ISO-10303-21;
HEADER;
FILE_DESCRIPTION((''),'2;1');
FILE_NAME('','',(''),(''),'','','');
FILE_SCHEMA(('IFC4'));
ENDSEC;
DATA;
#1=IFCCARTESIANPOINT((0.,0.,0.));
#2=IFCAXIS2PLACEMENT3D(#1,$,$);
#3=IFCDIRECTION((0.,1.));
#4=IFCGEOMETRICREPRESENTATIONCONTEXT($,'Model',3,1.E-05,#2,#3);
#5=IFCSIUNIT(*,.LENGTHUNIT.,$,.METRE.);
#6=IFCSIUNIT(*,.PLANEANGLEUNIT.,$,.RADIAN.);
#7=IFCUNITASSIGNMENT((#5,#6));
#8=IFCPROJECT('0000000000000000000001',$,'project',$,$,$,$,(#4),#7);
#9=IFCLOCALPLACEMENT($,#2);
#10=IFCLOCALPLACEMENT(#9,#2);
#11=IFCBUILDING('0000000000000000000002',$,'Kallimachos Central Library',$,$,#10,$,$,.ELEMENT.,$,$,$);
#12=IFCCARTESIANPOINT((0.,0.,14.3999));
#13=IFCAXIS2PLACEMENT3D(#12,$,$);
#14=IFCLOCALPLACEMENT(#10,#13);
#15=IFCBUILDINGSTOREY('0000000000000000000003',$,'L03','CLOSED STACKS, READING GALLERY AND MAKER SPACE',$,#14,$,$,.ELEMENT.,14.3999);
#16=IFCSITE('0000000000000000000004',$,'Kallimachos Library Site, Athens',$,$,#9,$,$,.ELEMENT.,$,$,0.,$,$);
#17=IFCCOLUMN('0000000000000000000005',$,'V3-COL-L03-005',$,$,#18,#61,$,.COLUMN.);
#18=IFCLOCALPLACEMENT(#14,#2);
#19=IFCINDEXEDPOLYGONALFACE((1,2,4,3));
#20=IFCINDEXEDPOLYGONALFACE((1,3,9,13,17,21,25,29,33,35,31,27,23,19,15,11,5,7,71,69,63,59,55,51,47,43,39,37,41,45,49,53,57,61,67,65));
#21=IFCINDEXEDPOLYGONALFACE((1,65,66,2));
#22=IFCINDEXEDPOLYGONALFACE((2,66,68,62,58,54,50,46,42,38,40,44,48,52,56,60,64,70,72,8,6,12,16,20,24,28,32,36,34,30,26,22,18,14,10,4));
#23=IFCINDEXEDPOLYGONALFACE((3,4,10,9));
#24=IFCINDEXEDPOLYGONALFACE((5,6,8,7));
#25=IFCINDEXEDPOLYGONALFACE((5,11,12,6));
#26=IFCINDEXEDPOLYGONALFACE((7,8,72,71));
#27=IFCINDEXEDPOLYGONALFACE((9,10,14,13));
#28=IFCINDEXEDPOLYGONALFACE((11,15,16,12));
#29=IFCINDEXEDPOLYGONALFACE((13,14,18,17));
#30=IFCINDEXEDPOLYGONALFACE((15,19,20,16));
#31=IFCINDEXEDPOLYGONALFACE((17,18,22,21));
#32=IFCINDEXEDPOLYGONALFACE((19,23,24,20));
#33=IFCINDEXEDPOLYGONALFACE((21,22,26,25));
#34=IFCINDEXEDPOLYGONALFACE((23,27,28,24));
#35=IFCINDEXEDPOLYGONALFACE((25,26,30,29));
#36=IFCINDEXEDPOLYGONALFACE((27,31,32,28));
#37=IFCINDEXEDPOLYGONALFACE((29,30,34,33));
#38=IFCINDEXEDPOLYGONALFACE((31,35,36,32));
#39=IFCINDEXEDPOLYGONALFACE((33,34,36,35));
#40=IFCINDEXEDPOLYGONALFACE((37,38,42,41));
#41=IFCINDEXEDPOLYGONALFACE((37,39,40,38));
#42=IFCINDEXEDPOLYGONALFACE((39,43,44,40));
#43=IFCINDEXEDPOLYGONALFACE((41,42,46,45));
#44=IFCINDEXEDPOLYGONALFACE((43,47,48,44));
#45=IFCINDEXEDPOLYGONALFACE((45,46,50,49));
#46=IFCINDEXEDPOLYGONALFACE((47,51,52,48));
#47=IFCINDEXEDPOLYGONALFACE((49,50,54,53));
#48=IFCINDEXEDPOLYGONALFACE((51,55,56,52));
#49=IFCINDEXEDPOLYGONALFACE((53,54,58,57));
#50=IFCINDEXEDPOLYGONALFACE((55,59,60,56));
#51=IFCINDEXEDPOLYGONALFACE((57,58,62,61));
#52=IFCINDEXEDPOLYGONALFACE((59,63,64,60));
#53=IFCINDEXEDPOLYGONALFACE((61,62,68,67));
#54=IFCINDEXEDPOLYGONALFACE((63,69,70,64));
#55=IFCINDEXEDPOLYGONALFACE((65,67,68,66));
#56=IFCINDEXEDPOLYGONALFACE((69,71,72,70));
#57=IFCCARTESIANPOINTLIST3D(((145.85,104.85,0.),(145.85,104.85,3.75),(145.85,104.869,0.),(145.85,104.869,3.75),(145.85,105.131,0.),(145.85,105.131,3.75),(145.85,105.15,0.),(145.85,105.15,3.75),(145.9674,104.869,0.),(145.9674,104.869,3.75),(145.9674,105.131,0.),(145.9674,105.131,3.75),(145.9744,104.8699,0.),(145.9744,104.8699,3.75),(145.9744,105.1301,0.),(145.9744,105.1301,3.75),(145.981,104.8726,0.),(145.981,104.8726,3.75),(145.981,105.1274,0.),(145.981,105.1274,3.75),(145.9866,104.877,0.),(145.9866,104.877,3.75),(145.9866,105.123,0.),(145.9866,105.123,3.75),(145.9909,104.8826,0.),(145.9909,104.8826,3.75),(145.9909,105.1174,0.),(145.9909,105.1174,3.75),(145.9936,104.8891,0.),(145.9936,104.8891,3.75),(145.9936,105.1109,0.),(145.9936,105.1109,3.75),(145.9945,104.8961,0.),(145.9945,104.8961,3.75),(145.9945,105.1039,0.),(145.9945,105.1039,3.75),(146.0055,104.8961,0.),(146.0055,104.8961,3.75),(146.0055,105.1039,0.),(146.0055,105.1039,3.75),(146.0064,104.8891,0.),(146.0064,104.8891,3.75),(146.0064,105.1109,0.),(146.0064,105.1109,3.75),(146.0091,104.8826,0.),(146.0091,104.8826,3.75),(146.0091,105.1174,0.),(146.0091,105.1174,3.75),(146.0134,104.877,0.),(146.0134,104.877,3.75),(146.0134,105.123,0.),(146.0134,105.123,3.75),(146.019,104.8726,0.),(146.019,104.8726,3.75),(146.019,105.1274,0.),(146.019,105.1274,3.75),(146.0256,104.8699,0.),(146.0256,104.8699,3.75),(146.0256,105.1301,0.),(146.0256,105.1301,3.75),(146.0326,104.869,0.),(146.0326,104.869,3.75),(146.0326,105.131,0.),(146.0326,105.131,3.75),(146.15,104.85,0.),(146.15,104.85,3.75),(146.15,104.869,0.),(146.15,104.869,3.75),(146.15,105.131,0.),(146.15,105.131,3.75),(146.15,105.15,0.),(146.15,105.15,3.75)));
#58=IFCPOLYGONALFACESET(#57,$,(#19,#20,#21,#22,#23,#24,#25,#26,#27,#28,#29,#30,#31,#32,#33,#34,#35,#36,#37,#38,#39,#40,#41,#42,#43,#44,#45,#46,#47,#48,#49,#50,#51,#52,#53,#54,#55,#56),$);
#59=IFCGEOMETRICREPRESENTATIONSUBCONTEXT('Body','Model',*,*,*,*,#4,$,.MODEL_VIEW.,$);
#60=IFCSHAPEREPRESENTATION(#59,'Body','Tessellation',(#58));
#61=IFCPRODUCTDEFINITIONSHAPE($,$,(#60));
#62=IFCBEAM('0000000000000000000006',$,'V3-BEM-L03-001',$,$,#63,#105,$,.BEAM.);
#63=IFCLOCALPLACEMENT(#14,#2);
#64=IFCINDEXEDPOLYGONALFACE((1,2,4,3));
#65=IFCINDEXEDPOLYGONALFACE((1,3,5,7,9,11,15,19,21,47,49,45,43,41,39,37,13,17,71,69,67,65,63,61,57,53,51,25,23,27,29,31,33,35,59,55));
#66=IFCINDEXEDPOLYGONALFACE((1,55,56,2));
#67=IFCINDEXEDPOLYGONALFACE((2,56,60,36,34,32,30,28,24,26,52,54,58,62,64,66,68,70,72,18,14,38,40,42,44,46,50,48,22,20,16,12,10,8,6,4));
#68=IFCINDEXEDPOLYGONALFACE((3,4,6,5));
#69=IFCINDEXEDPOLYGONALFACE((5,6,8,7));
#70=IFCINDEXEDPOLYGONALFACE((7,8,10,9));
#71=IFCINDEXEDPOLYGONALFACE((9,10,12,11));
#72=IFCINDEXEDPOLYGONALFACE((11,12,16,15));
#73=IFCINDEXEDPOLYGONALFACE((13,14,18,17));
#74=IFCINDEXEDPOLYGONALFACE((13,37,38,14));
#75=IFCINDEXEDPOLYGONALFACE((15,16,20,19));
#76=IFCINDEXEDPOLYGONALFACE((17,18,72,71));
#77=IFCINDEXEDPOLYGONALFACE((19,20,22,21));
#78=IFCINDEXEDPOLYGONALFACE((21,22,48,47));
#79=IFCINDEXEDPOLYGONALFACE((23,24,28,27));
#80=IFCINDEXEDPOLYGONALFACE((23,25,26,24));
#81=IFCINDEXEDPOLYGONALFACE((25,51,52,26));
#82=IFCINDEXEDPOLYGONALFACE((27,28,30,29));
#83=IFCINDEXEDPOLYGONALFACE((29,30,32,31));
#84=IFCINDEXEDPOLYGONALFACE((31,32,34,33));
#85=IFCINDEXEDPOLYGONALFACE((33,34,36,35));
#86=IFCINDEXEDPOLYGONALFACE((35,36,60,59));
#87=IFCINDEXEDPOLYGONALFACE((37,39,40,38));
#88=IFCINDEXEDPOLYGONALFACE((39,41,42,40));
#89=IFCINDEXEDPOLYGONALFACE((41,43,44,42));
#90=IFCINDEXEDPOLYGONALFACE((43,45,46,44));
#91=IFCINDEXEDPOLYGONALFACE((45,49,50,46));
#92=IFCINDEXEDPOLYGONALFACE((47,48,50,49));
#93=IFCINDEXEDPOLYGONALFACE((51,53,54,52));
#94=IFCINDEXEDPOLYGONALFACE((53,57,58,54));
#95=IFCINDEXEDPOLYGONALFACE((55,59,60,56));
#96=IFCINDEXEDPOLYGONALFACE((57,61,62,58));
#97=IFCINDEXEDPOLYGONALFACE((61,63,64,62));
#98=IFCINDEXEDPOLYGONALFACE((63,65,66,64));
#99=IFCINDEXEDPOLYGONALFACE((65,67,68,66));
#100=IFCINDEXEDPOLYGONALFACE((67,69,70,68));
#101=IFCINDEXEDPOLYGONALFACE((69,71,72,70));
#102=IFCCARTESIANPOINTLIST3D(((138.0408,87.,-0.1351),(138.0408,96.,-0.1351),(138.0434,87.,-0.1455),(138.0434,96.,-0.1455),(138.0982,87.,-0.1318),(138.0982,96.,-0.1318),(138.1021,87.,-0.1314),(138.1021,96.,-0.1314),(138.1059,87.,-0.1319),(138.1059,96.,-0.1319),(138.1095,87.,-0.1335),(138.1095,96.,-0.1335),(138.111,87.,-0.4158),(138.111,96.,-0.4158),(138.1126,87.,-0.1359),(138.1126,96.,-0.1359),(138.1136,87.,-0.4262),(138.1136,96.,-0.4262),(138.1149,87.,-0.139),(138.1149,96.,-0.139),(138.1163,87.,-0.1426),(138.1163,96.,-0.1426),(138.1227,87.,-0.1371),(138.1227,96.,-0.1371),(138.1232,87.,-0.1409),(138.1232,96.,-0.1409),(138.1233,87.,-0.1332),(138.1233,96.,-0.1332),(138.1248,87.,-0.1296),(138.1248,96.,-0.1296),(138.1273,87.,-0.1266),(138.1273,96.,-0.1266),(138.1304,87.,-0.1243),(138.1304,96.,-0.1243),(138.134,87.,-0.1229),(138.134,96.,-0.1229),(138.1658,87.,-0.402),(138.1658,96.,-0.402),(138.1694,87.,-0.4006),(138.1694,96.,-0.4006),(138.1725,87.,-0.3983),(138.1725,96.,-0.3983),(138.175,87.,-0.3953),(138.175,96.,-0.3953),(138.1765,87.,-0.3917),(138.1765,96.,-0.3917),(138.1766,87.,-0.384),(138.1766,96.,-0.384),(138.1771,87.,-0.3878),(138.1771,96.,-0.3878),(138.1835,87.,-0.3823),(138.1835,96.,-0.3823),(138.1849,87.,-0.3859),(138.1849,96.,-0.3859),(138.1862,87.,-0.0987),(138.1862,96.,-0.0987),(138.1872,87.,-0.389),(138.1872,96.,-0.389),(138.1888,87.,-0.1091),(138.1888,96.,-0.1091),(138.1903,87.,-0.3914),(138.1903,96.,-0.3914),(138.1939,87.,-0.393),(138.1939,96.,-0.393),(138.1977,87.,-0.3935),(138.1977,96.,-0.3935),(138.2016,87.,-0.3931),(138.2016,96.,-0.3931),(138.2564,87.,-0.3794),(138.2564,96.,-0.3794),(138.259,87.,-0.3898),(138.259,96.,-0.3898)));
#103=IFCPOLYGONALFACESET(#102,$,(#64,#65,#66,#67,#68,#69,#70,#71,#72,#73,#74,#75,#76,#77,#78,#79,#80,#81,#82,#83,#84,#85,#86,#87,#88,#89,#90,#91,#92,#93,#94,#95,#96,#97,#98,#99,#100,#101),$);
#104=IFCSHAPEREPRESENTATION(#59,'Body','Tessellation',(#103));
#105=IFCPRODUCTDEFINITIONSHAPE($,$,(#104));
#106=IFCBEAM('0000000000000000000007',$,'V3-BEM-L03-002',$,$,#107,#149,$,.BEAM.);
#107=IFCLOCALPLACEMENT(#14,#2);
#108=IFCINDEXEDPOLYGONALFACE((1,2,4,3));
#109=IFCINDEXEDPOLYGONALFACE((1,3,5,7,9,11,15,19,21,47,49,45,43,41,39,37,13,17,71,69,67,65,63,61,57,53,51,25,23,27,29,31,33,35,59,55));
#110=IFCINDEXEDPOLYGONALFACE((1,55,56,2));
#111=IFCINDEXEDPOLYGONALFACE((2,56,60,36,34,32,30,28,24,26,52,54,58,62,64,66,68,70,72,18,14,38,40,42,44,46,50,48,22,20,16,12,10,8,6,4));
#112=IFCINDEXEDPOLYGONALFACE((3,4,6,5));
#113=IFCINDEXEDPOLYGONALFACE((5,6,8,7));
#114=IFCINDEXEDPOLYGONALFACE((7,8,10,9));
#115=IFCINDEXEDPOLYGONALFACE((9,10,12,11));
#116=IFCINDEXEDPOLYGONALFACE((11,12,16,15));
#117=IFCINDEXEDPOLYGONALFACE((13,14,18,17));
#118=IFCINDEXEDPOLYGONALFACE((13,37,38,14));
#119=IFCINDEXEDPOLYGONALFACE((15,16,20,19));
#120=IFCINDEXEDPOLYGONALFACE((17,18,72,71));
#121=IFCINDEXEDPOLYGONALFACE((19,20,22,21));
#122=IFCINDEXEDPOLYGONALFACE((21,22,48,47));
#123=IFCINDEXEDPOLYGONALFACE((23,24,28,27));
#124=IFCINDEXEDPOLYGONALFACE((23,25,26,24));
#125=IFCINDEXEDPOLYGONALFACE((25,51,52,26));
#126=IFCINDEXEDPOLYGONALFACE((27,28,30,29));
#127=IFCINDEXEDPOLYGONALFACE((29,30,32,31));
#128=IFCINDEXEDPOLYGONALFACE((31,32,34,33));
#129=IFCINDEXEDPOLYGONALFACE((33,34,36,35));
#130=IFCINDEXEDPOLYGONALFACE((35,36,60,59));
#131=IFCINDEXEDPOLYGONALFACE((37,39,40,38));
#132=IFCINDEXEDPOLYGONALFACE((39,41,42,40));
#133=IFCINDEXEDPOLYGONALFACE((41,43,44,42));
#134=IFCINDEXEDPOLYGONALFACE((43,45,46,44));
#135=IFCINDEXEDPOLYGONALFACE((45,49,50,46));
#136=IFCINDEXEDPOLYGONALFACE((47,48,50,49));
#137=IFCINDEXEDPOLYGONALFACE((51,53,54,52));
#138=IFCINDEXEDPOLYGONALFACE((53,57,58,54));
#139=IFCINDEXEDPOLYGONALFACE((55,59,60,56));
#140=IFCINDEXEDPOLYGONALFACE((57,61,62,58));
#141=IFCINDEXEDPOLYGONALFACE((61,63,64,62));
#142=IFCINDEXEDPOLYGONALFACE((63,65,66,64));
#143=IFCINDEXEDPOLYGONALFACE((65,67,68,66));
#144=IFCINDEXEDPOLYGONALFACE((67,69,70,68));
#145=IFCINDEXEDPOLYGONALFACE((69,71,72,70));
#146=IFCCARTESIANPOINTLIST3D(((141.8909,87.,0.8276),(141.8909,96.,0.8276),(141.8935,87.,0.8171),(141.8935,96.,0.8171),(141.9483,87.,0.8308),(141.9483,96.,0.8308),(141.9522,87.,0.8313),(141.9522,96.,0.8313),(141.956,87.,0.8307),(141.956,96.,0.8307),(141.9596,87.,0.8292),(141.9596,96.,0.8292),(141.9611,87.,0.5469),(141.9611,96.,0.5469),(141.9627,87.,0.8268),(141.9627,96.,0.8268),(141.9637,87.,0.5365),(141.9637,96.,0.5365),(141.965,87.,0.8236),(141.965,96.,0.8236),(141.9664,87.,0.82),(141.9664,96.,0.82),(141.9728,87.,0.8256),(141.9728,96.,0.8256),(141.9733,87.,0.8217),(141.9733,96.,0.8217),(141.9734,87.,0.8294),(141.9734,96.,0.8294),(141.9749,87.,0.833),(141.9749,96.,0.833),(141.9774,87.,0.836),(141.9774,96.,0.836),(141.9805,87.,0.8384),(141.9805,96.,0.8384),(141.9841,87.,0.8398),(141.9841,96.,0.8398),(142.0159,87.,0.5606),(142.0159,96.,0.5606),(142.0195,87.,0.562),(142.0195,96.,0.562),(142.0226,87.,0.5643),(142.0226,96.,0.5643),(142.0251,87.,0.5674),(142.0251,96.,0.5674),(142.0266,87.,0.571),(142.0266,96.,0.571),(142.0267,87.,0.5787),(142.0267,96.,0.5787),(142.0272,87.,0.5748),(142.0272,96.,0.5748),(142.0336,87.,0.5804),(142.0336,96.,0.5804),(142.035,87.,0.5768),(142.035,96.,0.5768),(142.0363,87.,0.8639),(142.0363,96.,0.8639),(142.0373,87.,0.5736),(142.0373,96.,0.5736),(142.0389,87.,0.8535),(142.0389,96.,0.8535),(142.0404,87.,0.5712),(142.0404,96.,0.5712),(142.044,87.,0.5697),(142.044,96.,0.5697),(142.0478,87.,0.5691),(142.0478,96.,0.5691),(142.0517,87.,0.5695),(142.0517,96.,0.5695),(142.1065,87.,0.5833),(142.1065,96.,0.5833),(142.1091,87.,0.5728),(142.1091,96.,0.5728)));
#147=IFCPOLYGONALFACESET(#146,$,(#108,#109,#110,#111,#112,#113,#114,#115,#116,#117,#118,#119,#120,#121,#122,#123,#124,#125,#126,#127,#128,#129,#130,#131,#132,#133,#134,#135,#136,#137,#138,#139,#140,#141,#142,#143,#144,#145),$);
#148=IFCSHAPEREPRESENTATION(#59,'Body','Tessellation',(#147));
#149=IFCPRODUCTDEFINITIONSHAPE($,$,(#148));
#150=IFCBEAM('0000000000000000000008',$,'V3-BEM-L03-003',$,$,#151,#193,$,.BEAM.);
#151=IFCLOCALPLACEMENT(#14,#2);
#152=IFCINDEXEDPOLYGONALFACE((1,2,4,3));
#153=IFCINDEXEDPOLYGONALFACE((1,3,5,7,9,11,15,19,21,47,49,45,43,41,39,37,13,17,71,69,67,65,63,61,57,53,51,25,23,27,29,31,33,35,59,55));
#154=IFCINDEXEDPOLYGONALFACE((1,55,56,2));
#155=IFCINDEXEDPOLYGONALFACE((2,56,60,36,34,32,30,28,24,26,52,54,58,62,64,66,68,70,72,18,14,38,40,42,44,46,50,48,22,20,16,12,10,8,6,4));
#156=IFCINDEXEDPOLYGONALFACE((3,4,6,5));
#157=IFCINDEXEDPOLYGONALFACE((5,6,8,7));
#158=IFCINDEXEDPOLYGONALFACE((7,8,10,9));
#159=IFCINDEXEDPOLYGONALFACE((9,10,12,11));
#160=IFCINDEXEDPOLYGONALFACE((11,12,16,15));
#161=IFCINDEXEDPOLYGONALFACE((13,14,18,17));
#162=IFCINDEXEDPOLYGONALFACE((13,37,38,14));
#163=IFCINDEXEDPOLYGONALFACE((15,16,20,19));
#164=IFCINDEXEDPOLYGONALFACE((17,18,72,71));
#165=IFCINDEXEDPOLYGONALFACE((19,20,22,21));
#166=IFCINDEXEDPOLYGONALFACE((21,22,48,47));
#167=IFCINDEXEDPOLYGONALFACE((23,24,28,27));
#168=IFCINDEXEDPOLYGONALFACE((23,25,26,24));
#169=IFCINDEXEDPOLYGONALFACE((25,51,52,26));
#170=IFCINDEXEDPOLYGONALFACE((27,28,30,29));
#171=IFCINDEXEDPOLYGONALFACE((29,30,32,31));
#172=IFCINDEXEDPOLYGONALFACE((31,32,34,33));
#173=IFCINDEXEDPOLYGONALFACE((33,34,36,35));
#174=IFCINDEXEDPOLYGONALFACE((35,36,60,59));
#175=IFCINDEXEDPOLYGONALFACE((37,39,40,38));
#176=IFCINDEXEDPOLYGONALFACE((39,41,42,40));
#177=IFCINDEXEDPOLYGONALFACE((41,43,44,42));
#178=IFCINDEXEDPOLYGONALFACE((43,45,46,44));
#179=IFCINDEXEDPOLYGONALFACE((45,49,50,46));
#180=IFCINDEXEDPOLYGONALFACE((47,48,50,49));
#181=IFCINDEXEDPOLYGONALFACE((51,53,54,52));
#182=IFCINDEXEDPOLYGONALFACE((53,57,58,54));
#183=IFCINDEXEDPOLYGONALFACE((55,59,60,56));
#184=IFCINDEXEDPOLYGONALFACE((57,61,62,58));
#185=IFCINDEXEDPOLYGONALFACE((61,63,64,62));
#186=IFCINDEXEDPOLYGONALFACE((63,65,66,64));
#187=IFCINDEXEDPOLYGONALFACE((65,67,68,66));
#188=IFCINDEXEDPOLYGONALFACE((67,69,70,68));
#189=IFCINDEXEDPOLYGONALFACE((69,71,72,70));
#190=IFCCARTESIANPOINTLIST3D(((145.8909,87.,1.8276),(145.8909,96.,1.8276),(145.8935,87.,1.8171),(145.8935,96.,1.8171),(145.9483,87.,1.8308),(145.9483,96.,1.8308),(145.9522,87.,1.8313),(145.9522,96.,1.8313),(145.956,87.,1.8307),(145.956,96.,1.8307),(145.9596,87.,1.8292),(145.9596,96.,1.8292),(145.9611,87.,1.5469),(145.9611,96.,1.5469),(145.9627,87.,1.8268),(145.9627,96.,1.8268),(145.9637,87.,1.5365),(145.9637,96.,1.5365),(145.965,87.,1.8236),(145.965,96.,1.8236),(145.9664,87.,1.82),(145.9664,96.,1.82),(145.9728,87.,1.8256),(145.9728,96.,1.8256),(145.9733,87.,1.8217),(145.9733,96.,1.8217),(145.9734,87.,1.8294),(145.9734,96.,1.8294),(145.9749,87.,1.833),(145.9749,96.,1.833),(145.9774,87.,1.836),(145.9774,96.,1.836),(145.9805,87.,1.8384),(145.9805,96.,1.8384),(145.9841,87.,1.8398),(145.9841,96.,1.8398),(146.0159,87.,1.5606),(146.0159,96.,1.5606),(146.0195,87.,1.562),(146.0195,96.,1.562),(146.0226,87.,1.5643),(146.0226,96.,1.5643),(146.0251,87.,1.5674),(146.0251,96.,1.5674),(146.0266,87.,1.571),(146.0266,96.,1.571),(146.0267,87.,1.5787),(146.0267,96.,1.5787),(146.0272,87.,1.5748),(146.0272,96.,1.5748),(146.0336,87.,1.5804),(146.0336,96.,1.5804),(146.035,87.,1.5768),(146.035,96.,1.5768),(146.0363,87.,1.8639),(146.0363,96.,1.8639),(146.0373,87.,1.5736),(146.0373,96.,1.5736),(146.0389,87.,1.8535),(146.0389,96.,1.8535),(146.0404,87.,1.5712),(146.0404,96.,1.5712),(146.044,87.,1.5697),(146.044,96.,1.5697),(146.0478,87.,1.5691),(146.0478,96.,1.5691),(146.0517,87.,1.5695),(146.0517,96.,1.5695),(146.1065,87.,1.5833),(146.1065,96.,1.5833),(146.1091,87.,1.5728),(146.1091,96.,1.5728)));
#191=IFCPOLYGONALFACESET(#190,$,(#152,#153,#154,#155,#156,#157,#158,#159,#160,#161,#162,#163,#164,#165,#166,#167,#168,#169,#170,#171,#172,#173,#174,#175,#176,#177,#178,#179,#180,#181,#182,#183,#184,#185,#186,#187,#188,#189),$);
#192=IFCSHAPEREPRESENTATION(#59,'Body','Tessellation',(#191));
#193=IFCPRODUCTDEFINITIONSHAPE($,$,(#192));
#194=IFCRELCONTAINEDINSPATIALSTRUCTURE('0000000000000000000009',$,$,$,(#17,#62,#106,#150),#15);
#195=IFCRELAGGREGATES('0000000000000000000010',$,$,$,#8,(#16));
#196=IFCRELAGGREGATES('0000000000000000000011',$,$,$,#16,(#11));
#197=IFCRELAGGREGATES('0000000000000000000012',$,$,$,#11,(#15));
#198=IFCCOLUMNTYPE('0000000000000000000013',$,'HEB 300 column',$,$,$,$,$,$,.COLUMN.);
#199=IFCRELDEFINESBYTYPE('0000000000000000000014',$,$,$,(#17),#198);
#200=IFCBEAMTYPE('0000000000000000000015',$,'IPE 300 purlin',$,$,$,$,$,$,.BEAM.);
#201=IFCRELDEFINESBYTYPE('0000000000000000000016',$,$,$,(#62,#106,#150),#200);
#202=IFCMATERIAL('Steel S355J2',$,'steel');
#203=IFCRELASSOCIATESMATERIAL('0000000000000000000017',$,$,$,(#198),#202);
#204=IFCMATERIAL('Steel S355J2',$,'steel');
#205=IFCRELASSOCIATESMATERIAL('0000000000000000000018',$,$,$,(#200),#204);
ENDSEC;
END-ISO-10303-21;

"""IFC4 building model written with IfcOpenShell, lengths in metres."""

from ifc_helpers import new_model, si_unit, direction, frame, origin, origin_2d, place, context, subcontext, project, spatial, i_section, extrude, material, material_profile, profile_set, type_object, element, save


model = new_model("IFC4")

# Units and contexts
model_context = context("Model", 3, precision=1e-05, world=origin(), true_north=direction((0.0, 1.0)))
body_context = subcontext(model_context, "Body", "Model", "MODEL_VIEW")
ifc_project = project(units=[si_unit("LENGTHUNIT", "METRE"), si_unit("PLANEANGLEUNIT", "RADIAN")], contexts=[model_context])

# Site, building, storey
site_placement = place(None, origin())
site = spatial("IfcSite", under=ifc_project, at=site_placement, Name="Kallimachos Library Site, Athens", CompositionType="ELEMENT", RefElevation=0.0)
building_placement = place(site_placement, origin())
building = spatial("IfcBuilding", under=site, at=building_placement, Name="Kallimachos Central Library", CompositionType="ELEMENT")
storey_placement = place(building_placement, frame((0.0, 0.0, 14.3999)))
storey = spatial("IfcBuildingStorey", under=building, at=storey_placement, Name="L03", Description="CLOSED STACKS, READING GALLERY AND MAKER SPACE", CompositionType="ELEMENT", Elevation=14.3999)

# Column
ifc_material_1 = material(Name="Steel S355J2", Category="steel")
ifc_material_profile_1 = material_profile(ifc_material_1, i_section(OverallWidth=0.3, OverallDepth=0.3, WebThickness=0.011, FlangeThickness=0.019, FilletRadius=0.0271, at=origin_2d()), Name="HEB 300")
ifc_profile_set_1 = profile_set([ifc_material_profile_1], Name="Steel S355J2")
column_type = type_object("IfcColumnType", Name="HEB 300 column", PredefinedType="COLUMN", material=ifc_profile_set_1)
column_placement = place(storey_placement, frame((146.0, 105.0, 0.0), z_axis=(0.0, 0.0, 1.0), x_axis=(1.0, 0.0, 0.0)))
element("IfcColumn", 1, at=column_placement, inside=storey, type_object=column_type, Name="V3-COL-L03-005", PredefinedType="COLUMN", context=body_context, shape_type="SweptSolid", body=[
    extrude(i_section(OverallWidth=0.3, OverallDepth=0.3, WebThickness=0.011, FlangeThickness=0.019, FilletRadius=0.0271, at=origin_2d()), origin(), (0.0, 0.0, 1.0), 3.75),
])

# Beams
ifc_material_2 = material(Name="Steel S355J2", Category="steel")
ifc_material_profile_2 = material_profile(ifc_material_2, i_section(OverallWidth=0.1499, OverallDepth=0.3, WebThickness=0.0071, FlangeThickness=0.0107, FilletRadius=0.0149, at=origin_2d()), Name="IPE 300")
ifc_profile_set_2 = profile_set([ifc_material_profile_2], Name="Steel S355J2")
beam_type = type_object("IfcBeamType", Name="IPE 300 purlin", PredefinedType="BEAM", material=ifc_profile_set_2)
for number, where, z_axis, x_axis, name in (
    (2, (138.1499, 87.0, -0.2625), (0.0, 1.0, 0.0), (-0.970143, 0.0, -0.242536), "V3-BEM-L03-001"),
    (3, (142.0, 87.0, 0.7002), (0.0, 1.0, 0.0), (-0.970143, 0.0, -0.242536), "V3-BEM-L03-002"),
    (4, (146.0, 87.0, 1.7002), (0.0, 1.0, 0.0), (-0.970143, 0.0, -0.242536), "V3-BEM-L03-003"),
):
    element("IfcBeam", number, at=place(storey_placement, frame(where, z_axis=z_axis, x_axis=x_axis)), inside=storey, type_object=beam_type, Name=name, PredefinedType="BEAM", context=body_context, shape_type="SweptSolid", body=[
        extrude(i_section(OverallWidth=0.1499, OverallDepth=0.3, WebThickness=0.0071, FlangeThickness=0.0107, FilletRadius=0.0149, at=origin_2d()), origin(), (0.0, 0.0, 1.0), 9.0),
    ])

save(model, "model.ifc")
